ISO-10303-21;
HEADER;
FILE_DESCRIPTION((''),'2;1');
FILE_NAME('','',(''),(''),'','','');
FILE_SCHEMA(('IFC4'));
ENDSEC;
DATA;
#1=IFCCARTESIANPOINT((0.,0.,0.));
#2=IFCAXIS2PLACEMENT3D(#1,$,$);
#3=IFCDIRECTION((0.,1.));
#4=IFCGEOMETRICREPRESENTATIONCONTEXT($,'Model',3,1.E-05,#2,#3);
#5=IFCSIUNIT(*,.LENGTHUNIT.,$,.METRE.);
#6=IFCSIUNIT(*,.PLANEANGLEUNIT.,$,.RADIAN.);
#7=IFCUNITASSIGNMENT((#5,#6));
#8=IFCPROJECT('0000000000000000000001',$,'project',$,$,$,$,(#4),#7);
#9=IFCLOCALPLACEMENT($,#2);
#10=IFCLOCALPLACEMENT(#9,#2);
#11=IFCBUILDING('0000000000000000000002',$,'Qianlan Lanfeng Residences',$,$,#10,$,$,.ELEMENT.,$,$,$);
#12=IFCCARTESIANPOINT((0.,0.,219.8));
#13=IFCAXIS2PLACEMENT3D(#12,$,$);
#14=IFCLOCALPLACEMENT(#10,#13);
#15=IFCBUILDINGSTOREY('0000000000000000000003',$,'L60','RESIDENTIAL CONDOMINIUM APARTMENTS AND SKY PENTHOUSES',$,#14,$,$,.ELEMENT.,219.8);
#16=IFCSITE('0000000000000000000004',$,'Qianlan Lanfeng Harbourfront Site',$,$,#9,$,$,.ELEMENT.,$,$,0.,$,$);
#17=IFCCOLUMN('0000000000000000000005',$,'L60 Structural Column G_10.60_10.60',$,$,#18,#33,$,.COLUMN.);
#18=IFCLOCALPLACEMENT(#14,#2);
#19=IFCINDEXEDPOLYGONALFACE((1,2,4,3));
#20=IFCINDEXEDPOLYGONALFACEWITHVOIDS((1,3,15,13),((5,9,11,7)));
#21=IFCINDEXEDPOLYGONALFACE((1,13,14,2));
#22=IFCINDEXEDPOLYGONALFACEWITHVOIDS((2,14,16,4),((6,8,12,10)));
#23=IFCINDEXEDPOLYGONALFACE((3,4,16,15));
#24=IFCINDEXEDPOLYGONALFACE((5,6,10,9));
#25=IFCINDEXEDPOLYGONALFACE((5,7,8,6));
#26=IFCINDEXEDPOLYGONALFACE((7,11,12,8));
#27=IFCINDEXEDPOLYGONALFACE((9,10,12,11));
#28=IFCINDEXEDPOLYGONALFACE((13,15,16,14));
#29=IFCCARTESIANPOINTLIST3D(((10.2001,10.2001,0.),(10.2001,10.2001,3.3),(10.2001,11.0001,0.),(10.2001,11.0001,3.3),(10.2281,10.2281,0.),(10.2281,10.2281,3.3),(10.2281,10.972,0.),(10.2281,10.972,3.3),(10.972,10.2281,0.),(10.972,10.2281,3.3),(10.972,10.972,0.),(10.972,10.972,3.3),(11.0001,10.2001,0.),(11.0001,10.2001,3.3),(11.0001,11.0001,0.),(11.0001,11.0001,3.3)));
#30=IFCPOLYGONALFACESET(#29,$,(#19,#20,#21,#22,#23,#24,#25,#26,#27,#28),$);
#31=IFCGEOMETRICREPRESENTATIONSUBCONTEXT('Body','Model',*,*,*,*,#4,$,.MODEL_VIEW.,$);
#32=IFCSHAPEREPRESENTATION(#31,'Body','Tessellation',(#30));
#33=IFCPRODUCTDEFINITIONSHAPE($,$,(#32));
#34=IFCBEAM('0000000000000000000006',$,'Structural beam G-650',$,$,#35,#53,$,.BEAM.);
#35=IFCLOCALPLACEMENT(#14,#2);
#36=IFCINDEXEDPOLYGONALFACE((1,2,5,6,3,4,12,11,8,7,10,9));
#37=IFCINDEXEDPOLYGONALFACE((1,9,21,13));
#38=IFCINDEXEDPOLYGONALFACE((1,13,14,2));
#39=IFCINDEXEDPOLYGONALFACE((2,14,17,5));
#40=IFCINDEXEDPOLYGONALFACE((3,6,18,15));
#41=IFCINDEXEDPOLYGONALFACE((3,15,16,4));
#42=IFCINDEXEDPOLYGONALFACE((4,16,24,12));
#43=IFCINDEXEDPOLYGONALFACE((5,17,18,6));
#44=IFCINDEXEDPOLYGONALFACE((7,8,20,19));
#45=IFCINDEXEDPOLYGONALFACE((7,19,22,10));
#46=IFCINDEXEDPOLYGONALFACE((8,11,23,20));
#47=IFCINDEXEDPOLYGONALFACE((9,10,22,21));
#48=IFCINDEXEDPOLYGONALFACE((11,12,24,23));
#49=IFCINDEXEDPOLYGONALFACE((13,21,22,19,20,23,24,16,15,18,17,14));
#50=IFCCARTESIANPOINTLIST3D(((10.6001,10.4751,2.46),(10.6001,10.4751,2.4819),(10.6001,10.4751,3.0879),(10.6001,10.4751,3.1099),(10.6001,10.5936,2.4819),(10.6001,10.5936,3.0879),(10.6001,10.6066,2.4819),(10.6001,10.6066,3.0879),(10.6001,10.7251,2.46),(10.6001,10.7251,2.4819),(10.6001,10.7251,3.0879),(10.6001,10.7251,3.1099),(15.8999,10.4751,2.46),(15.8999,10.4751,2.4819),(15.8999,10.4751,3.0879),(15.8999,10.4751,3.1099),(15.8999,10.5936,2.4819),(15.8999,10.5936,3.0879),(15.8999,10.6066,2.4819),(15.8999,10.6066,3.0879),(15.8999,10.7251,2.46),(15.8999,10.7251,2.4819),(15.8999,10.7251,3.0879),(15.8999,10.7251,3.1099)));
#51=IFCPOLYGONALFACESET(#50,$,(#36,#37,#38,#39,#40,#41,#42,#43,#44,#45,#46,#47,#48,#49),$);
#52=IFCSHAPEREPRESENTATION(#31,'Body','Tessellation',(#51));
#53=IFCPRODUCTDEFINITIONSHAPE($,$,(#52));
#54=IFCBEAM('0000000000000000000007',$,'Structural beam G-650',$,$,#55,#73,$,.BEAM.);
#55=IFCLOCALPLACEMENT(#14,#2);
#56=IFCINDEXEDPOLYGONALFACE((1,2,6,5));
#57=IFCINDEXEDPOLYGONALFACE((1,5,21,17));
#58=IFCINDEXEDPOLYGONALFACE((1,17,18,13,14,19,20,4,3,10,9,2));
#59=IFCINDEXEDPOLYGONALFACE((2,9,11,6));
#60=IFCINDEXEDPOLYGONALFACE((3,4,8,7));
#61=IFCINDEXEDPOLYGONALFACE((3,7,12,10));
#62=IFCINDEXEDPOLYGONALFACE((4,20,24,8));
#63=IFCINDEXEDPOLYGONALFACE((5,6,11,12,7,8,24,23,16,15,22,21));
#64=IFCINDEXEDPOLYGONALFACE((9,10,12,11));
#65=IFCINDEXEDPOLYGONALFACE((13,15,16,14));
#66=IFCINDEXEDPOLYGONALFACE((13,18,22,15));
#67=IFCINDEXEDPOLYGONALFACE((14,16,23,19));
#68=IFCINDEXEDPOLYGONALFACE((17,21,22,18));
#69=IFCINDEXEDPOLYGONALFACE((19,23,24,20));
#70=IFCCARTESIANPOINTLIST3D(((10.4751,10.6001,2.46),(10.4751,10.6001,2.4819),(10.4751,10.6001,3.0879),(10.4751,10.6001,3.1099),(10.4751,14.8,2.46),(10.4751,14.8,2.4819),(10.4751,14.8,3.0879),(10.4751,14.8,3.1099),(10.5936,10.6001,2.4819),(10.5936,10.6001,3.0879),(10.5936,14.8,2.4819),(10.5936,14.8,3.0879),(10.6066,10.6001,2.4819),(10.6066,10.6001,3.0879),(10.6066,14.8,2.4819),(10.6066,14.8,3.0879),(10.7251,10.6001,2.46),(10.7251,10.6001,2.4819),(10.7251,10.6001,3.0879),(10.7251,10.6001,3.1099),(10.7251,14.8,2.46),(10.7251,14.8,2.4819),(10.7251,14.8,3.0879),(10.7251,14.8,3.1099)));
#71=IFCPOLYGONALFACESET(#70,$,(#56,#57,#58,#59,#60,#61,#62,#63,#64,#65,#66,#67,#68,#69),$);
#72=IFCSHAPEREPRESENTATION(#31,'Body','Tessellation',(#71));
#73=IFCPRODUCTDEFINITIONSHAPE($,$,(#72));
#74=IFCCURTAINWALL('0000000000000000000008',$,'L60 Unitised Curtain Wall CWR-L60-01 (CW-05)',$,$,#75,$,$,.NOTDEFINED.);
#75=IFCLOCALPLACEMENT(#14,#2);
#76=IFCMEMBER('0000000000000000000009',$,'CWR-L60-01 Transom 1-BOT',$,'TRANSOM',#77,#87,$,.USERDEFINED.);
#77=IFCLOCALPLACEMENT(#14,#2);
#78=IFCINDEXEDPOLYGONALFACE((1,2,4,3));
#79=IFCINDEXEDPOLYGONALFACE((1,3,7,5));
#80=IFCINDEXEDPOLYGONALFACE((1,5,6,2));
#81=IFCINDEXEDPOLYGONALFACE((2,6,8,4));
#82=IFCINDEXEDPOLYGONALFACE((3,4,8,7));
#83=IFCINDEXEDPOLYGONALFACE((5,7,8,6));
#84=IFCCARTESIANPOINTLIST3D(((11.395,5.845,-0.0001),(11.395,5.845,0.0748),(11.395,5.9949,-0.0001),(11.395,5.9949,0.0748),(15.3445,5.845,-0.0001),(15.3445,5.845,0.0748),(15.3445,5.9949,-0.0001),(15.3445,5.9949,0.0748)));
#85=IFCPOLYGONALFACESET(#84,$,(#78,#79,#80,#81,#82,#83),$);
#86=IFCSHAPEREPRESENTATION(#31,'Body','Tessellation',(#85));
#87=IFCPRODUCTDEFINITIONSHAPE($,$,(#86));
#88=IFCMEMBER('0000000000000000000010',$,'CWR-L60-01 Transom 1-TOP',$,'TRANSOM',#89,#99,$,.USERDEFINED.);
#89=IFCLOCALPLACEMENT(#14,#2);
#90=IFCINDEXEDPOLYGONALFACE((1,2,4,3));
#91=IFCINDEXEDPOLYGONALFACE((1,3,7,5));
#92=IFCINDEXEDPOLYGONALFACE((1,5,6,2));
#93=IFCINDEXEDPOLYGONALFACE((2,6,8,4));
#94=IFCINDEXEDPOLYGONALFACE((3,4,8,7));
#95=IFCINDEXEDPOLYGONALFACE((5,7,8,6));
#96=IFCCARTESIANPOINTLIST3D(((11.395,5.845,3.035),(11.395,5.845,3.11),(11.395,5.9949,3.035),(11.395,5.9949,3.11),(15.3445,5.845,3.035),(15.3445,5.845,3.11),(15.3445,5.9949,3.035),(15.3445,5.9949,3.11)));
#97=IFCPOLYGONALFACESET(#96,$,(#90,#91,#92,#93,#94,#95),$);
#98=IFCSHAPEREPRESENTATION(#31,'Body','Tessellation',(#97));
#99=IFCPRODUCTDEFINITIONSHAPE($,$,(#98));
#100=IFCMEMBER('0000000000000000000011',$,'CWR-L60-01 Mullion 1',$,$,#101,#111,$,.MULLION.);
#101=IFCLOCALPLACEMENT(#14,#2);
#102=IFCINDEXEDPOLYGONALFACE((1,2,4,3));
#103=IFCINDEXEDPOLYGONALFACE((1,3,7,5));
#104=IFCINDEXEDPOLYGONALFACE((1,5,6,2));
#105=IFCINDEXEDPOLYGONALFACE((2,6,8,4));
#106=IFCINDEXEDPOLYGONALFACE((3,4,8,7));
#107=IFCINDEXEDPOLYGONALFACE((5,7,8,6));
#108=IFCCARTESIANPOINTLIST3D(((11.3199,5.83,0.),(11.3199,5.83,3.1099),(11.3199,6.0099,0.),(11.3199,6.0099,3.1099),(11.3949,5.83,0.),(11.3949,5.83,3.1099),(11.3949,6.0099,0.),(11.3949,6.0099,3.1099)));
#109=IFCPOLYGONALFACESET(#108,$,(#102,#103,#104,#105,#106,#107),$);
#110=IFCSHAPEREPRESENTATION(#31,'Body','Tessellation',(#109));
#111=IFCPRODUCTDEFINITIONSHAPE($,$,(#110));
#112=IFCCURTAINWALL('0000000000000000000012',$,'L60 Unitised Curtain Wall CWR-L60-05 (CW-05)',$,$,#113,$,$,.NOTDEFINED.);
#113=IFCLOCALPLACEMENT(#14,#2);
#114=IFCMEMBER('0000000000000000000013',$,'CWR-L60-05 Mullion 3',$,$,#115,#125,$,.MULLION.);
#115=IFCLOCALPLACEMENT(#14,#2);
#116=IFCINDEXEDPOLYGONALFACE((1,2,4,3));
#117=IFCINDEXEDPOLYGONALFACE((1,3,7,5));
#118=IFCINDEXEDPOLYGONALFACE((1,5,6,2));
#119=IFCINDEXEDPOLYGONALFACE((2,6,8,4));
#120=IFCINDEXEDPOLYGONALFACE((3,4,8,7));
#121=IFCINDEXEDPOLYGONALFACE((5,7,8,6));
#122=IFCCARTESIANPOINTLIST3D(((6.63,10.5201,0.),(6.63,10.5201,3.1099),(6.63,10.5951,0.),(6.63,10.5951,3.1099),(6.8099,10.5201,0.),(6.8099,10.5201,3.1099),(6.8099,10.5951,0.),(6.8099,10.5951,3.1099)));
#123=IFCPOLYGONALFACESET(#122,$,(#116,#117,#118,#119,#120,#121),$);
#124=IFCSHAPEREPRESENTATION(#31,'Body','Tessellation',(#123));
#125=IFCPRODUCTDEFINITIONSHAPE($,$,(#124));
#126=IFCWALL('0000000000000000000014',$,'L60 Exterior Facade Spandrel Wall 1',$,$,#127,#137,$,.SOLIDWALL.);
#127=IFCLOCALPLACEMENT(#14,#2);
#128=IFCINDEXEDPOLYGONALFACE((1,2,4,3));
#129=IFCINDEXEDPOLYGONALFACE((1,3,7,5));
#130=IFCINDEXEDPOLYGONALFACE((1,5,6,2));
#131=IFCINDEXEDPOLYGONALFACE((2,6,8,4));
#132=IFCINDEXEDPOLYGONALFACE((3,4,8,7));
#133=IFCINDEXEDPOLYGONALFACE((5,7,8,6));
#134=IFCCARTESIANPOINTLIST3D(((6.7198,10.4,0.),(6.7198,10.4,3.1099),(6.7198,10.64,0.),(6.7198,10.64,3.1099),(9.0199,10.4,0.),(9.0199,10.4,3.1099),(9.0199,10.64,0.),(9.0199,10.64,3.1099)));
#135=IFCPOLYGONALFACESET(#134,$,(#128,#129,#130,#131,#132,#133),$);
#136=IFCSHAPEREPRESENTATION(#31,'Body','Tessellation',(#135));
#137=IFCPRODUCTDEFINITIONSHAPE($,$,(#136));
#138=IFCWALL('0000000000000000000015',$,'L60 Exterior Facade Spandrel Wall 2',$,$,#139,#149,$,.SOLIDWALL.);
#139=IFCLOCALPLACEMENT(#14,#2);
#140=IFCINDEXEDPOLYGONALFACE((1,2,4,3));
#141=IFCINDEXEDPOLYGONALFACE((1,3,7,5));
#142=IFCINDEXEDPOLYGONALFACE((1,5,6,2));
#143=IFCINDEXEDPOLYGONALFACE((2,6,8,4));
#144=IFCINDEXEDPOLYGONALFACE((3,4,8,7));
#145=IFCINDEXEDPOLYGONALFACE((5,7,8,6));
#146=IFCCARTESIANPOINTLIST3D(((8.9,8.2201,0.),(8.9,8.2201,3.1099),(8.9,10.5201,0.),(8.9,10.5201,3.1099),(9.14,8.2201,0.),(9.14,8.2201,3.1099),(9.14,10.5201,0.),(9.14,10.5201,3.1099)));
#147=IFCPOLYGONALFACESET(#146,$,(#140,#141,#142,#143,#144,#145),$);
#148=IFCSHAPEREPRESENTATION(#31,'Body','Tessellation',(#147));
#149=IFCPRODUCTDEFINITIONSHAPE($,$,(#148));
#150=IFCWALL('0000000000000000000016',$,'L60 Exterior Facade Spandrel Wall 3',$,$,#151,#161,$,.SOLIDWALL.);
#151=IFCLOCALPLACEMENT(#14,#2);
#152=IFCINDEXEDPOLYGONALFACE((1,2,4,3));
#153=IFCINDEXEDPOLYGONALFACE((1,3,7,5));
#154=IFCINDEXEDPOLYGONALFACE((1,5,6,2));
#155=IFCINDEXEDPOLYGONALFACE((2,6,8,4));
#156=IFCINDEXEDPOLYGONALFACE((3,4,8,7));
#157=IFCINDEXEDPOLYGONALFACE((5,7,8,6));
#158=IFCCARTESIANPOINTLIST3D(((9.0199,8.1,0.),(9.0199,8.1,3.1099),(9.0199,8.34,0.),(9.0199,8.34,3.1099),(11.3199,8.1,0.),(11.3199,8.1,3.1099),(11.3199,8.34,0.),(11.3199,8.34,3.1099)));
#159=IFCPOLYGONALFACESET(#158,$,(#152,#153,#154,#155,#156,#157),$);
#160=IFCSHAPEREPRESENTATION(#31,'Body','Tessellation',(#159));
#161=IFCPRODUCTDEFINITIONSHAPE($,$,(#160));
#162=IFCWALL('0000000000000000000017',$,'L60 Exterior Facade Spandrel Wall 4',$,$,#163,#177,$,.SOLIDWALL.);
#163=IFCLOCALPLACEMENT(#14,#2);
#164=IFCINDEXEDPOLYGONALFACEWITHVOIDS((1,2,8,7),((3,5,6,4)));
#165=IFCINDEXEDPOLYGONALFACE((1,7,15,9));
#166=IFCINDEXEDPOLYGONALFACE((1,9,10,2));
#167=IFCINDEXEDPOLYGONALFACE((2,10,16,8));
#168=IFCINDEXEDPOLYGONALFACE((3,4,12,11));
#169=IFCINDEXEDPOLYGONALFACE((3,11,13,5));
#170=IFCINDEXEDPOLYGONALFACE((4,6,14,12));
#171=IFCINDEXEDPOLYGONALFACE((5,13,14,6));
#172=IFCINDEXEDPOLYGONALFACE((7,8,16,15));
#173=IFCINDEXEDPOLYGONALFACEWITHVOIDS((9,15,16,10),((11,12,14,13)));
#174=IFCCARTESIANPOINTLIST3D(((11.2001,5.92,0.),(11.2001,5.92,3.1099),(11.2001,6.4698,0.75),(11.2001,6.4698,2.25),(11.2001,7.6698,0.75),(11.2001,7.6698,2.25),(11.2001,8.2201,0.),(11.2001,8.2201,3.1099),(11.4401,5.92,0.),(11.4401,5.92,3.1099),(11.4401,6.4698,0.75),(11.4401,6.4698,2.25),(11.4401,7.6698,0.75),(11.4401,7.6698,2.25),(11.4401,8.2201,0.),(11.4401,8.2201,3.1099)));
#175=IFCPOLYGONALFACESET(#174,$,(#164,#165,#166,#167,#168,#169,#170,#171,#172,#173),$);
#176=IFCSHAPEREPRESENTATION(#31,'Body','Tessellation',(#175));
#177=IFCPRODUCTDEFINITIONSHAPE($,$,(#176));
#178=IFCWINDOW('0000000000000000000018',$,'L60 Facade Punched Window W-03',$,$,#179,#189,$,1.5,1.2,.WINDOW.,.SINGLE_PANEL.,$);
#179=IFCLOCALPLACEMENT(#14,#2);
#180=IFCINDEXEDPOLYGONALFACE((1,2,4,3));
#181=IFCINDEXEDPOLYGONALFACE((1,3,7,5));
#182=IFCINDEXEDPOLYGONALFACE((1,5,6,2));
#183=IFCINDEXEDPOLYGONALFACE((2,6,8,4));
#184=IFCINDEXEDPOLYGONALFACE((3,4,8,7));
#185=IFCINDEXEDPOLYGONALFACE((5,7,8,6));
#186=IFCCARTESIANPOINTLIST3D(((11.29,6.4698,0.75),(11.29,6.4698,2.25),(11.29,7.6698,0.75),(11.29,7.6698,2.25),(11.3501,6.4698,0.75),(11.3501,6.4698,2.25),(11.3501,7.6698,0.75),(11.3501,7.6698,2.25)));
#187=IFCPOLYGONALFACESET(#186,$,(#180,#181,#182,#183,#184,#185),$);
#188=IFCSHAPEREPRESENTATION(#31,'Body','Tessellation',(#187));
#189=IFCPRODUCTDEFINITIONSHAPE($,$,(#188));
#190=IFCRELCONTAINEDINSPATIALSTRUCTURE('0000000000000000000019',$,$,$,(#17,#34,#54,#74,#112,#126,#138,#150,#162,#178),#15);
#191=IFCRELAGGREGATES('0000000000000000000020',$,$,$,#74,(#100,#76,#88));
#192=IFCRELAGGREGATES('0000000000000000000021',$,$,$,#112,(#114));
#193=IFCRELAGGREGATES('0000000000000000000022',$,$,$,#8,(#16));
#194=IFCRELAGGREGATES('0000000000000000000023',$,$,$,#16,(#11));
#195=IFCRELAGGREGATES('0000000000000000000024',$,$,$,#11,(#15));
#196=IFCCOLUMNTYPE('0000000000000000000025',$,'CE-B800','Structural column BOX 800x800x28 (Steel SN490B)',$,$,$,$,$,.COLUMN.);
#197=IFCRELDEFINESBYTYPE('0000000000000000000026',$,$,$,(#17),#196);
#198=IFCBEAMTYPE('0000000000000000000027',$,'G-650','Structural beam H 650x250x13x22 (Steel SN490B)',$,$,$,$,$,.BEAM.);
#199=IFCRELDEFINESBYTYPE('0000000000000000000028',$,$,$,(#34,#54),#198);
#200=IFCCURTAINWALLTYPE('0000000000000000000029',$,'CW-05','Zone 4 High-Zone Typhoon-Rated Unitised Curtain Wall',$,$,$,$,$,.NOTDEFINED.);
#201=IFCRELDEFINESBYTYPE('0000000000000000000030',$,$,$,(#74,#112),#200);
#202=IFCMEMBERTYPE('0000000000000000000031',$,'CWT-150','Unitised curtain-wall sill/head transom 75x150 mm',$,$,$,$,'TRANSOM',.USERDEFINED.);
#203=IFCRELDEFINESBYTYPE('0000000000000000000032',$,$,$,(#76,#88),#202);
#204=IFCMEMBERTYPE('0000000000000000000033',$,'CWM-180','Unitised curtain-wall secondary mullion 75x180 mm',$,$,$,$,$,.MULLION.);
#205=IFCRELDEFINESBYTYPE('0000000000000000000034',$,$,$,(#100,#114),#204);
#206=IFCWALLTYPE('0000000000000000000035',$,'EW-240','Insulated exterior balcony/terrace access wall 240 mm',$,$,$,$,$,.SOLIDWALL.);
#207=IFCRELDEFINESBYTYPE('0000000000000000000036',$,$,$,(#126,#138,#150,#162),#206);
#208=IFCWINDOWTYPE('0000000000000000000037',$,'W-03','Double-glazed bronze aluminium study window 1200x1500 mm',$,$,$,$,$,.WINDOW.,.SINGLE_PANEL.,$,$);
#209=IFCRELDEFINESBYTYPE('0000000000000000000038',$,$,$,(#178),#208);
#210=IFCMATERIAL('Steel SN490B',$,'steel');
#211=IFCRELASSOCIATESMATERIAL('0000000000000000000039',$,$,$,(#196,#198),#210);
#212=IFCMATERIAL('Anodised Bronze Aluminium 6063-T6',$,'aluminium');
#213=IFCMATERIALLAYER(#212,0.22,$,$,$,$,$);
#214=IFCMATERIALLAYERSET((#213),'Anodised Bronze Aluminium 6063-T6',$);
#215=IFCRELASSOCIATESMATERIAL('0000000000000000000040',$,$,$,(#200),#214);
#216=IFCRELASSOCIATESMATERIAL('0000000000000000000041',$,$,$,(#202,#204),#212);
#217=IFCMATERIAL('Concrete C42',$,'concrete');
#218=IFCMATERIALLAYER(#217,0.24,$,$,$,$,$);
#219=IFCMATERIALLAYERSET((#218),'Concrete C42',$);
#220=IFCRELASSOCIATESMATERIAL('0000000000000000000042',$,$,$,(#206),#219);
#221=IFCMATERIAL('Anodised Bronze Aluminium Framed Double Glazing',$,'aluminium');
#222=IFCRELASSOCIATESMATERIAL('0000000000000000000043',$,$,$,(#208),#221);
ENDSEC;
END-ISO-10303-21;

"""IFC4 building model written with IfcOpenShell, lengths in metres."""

from ifc_helpers import new_model, si_unit, direction, frame, frame_2d, origin, origin_2d, place, context, subcontext, project, spatial, rectangle, hollow_rectangle, i_section, extrude, source, transform, mapped, material, layer, layer_set, material_profile, profile_set, type_object, element, fill, aggregate, save


model = new_model("IFC4")

# Units and contexts
model_context = context("Model", 3, precision=1e-05, world=origin(), true_north=direction((0.0, 1.0)))
body_context = subcontext(model_context, "Body", "Model", "MODEL_VIEW")
ifc_project = project(units=[si_unit("LENGTHUNIT", "METRE"), si_unit("PLANEANGLEUNIT", "RADIAN")], contexts=[model_context])

# Site, building, storey
site_placement = place(None, origin())
site = spatial("IfcSite", under=ifc_project, at=site_placement, Name="Qianlan Lanfeng Harbourfront Site", CompositionType="ELEMENT", RefElevation=0.0)
building_placement = place(site_placement, origin())
building = spatial("IfcBuilding", under=site, at=building_placement, Name="Qianlan Lanfeng Residences", CompositionType="ELEMENT")
storey_placement = place(building_placement, frame((0.0, 0.0, 219.8)))
storey = spatial("IfcBuildingStorey", under=building, at=storey_placement, Name="L60", Description="RESIDENTIAL CONDOMINIUM APARTMENTS AND SKY PENTHOUSES", CompositionType="ELEMENT", Elevation=219.8)

# Column
ifc_material_1 = material(Name="Steel SN490B", Category="steel")
ifc_material_profile_1 = material_profile(ifc_material_1, hollow_rectangle(XDim=0.8, YDim=0.8, WallThickness=0.0281, at=origin_2d()), Name="BOX 800x800x28")
ifc_profile_set_1 = profile_set([ifc_material_profile_1], Name="Steel SN490B")
column_type = type_object("IfcColumnType", Name="CE-B800", Description="Structural column BOX 800x800x28 (Steel SN490B)", PredefinedType="COLUMN", material=ifc_profile_set_1)
column_placement = place(storey_placement, frame((10.6001, 10.6001, 0.0), z_axis=(0.0, 0.0, 1.0), x_axis=(1.0, 0.0, 0.0)))
element("IfcColumn", 1, at=column_placement, inside=storey, type_object=column_type, Name="L60 Structural Column G_10.60_10.60", PredefinedType="COLUMN", context=body_context, shape_type="SweptSolid", body=[
    extrude(hollow_rectangle(XDim=0.8, YDim=0.8, WallThickness=0.0281, at=origin_2d()), origin(), (0.0, 0.0, 1.0), 3.3),
])

# Beams
ifc_material_profile_2 = material_profile(ifc_material_1, i_section(OverallWidth=0.25, OverallDepth=0.6499, WebThickness=0.0129, FlangeThickness=0.022, at=origin_2d()), Name="H 650x250x13x22")
ifc_profile_set_2 = profile_set([ifc_material_profile_2], Name="Steel SN490B")
beam_type = type_object("IfcBeamType", Name="G-650", Description="Structural beam H 650x250x13x22 (Steel SN490B)", PredefinedType="BEAM", material=ifc_profile_set_2)
beam_1_placement = place(storey_placement, frame((10.6001, 10.6001, 2.7849), z_axis=(1.0, 0.0, 0.0), x_axis=(0.0, 1.0, 0.0)))
element("IfcBeam", 2, at=beam_1_placement, inside=storey, type_object=beam_type, Name="Structural beam G-650", PredefinedType="BEAM", context=body_context, shape_type="SweptSolid", body=[
    extrude(i_section(OverallWidth=0.25, OverallDepth=0.6499, WebThickness=0.0129, FlangeThickness=0.022, at=origin_2d()), origin(), (0.0, 0.0, 1.0), 5.2998),
])
beam_2_placement = place(storey_placement, frame((10.6001, 10.6001, 2.7849), z_axis=(0.0, 1.0, 0.0), x_axis=(-1.0, 0.0, 0.0)))
element("IfcBeam", 3, at=beam_2_placement, inside=storey, type_object=beam_type, Name="Structural beam G-650", PredefinedType="BEAM", context=body_context, shape_type="SweptSolid", body=[
    extrude(i_section(OverallWidth=0.25, OverallDepth=0.6499, WebThickness=0.0129, FlangeThickness=0.022, at=origin_2d()), origin(), (0.0, 0.0, 1.0), 4.2),
])

# Curtain wall, members
ifc_material_2 = material(Name="Anodised Bronze Aluminium 6063-T6", Category="aluminium")
ifc_layer_1 = layer(ifc_material_2, 0.22)
ifc_layer_set_1 = layer_set([ifc_layer_1], Name="Anodised Bronze Aluminium 6063-T6")
curtain_wall_type = type_object("IfcCurtainWallType", Name="CW-05", Description="Zone 4 High-Zone Typhoon-Rated Unitised Curtain Wall", PredefinedType="NOTDEFINED", material=ifc_layer_set_1)
curtain_wall_1_placement = place(storey_placement, origin())
curtain_wall_1 = element("IfcCurtainWall", 4, at=curtain_wall_1_placement, inside=storey, type_object=curtain_wall_type, Name="L60 Unitised Curtain Wall CWR-L60-01 (CW-05)", PredefinedType="NOTDEFINED")
ifc_material_profile_3 = material_profile(ifc_material_2, rectangle(XDim=0.075, YDim=0.1499, at=origin_2d()), Name="ALU TRANSOM 75x150")
ifc_profile_set_3 = profile_set([ifc_material_profile_3], Name="Anodised Bronze Aluminium 6063-T6")
member_type_1 = type_object("IfcMemberType", Name="CWT-150", Description="Unitised curtain-wall sill/head transom 75x150 mm", ElementType="TRANSOM", PredefinedType="USERDEFINED", material=ifc_profile_set_3)
shared_shape_1 = source(origin(), body_context, "Body", "SweptSolid", [
    extrude(rectangle(XDim=0.075, YDim=0.1499, at=origin_2d()), origin(), (0.0, 0.0, 1.0), 3.9495),
])
member_1_placement = place(storey_placement, frame((11.395, 5.9199, 0.0374), z_axis=(1.0, 0.0, 0.0), x_axis=(0.0, 0.0, 1.0)))
member_1 = element("IfcMember", 5, at=member_1_placement, type_object=member_type_1, Name="CWR-L60-01 Transom 1-BOT", ObjectType="TRANSOM", PredefinedType="USERDEFINED", context=body_context, shape_type="MappedRepresentation", body=[
    mapped(shared_shape_1, transform((0.0, 0.0, 0.0), scale=1.0)),
])
member_2_placement = place(storey_placement, frame((11.395, 5.9199, 3.0725), z_axis=(1.0, 0.0, 0.0), x_axis=(0.0, 0.0, 1.0)))
member_2 = element("IfcMember", 6, at=member_2_placement, type_object=member_type_1, Name="CWR-L60-01 Transom 1-TOP", ObjectType="TRANSOM", PredefinedType="USERDEFINED", context=body_context, shape_type="MappedRepresentation", body=[
    mapped(shared_shape_1, transform((0.0, 0.0, 0.0), scale=1.0)),
])
ifc_material_profile_4 = material_profile(ifc_material_2, rectangle(XDim=0.075, YDim=0.1799, at=origin_2d()), Name="ALU MULLION 75x180")
ifc_profile_set_4 = profile_set([ifc_material_profile_4], Name="Anodised Bronze Aluminium 6063-T6")
member_type_2 = type_object("IfcMemberType", Name="CWM-180", Description="Unitised curtain-wall secondary mullion 75x180 mm", PredefinedType="MULLION", material=ifc_profile_set_4)
shared_shape_2 = source(origin(), body_context, "Body", "SweptSolid", [
    extrude(rectangle(XDim=0.075, YDim=0.1799, at=origin_2d()), origin(), (0.0, 0.0, 1.0), 3.1099),
])
member_3_placement = place(storey_placement, frame((11.3574, 5.9199, 0.0), z_axis=(0.0, 0.0, 1.0), x_axis=(1.0, 0.0, 0.0)))
member_3 = element("IfcMember", 7, at=member_3_placement, type_object=member_type_2, Name="CWR-L60-01 Mullion 1", PredefinedType="MULLION", context=body_context, shape_type="MappedRepresentation", body=[
    mapped(shared_shape_2, transform((0.0, 0.0, 0.0), scale=1.0)),
])
aggregate(curtain_wall_1, [member_3, member_1, member_2])

# Curtain wall, member
curtain_wall_2_placement = place(storey_placement, origin())
curtain_wall_2 = element("IfcCurtainWall", 8, at=curtain_wall_2_placement, inside=storey, type_object=curtain_wall_type, Name="L60 Unitised Curtain Wall CWR-L60-05 (CW-05)", PredefinedType="NOTDEFINED")
member_4_placement = place(storey_placement, frame((6.72, 10.5576, 0.0), z_axis=(0.0, 0.0, 1.0), x_axis=(0.0, -1.0, 0.0)))
member_4 = element("IfcMember", 9, at=member_4_placement, type_object=member_type_2, Name="CWR-L60-05 Mullion 3", PredefinedType="MULLION", context=body_context, shape_type="MappedRepresentation", body=[
    mapped(shared_shape_2, transform((0.0, 0.0, 0.0), scale=1.0)),
])
aggregate(curtain_wall_2, [member_4])

# Walls
ifc_material_3 = material(Name="Concrete C42", Category="concrete")
ifc_layer_2 = layer(ifc_material_3, 0.24)
ifc_layer_set_2 = layer_set([ifc_layer_2], Name="Concrete C42")
wall_type_1 = type_object("IfcWallType", Name="EW-240", Description="Insulated exterior balcony/terrace access wall 240 mm", PredefinedType="SOLIDWALL", material=ifc_layer_set_2)
for number, where, z_axis, x_axis, name in (
    (10, (6.72, 10.52, 0.0), (0.0, 0.0, 1.0), (1.0, 0.0, 0.0), "L60 Exterior Facade Spandrel Wall 1"),
    (11, (9.02, 10.52, 0.0), (0.0, 0.0, 1.0), (0.0, -1.0, 0.0), "L60 Exterior Facade Spandrel Wall 2"),
    (12, (9.02, 8.22, 0.0), (0.0, 0.0, 1.0), (1.0, 0.0, 0.0), "L60 Exterior Facade Spandrel Wall 3"),
):
    element("IfcWall", number, at=place(storey_placement, frame(where, z_axis=z_axis, x_axis=x_axis)), inside=storey, type_object=wall_type_1, Name=name, PredefinedType="SOLIDWALL", context=body_context, shape_type="SweptSolid", body=[
        extrude(rectangle(XDim=2.3, YDim=0.24, at=frame_2d((1.1499, 0.0))), origin(), (0.0, 0.0, 1.0), 3.1099),
    ])

# Wall, opening, window
wall_1_placement = place(storey_placement, frame((11.3201, 8.22, 0.0), z_axis=(0.0, 0.0, 1.0), x_axis=(0.0, -1.0, 0.0)))
wall_1 = element("IfcWall", 13, at=wall_1_placement, inside=storey, type_object=wall_type_1, Name="L60 Exterior Facade Spandrel Wall 4", PredefinedType="SOLIDWALL", context=body_context, shape_type="SweptSolid", body=[
    extrude(rectangle(XDim=2.3, YDim=0.24, at=frame_2d((1.1499, 0.0))), origin(), (0.0, 0.0, 1.0), 3.1099),
])
opening_1_placement = place(wall_1_placement, frame((0.55, 0.0, 0.75)))
opening_1 = element("IfcOpeningElement", 14, at=opening_1_placement, cuts=wall_1, PredefinedType="OPENING", context=body_context, shape_type="SweptSolid", body=[
    extrude(rectangle(XDim=1.2, YDim=1.5, at=frame_2d((0.6001, 0.75))), frame((0.0, 0.1299, 0.0), z_axis=(0.0, -1.0, 0.0), x_axis=(1.0, 0.0, 0.0)), (0.0, 0.0, 1.0), 0.26),
])
ifc_material_4 = material(Name="Anodised Bronze Aluminium Framed Double Glazing", Category="aluminium")
window_type = type_object("IfcWindowType", Name="W-03", Description="Double-glazed bronze aluminium study window 1200x1500 mm", PartitioningType="SINGLE_PANEL", PredefinedType="WINDOW", material=ifc_material_4)
window_placement = place(opening_1_placement, origin())
window = element("IfcWindow", 15, at=window_placement, inside=storey, type_object=window_type, Name="L60 Facade Punched Window W-03", OverallHeight=1.5, OverallWidth=1.2, PartitioningType="SINGLE_PANEL", PredefinedType="WINDOW", context=body_context, shape_type="SweptSolid", body=[
    extrude(rectangle(XDim=1.2, YDim=1.5, at=frame_2d((0.6001, 0.75))), frame((0.0, 0.03, 0.0), z_axis=(0.0, -1.0, 0.0), x_axis=(1.0, 0.0, 0.0)), (0.0, 0.0, 1.0), 0.0601),
])
fill(opening_1, window)

save(model, "model.ifc")
